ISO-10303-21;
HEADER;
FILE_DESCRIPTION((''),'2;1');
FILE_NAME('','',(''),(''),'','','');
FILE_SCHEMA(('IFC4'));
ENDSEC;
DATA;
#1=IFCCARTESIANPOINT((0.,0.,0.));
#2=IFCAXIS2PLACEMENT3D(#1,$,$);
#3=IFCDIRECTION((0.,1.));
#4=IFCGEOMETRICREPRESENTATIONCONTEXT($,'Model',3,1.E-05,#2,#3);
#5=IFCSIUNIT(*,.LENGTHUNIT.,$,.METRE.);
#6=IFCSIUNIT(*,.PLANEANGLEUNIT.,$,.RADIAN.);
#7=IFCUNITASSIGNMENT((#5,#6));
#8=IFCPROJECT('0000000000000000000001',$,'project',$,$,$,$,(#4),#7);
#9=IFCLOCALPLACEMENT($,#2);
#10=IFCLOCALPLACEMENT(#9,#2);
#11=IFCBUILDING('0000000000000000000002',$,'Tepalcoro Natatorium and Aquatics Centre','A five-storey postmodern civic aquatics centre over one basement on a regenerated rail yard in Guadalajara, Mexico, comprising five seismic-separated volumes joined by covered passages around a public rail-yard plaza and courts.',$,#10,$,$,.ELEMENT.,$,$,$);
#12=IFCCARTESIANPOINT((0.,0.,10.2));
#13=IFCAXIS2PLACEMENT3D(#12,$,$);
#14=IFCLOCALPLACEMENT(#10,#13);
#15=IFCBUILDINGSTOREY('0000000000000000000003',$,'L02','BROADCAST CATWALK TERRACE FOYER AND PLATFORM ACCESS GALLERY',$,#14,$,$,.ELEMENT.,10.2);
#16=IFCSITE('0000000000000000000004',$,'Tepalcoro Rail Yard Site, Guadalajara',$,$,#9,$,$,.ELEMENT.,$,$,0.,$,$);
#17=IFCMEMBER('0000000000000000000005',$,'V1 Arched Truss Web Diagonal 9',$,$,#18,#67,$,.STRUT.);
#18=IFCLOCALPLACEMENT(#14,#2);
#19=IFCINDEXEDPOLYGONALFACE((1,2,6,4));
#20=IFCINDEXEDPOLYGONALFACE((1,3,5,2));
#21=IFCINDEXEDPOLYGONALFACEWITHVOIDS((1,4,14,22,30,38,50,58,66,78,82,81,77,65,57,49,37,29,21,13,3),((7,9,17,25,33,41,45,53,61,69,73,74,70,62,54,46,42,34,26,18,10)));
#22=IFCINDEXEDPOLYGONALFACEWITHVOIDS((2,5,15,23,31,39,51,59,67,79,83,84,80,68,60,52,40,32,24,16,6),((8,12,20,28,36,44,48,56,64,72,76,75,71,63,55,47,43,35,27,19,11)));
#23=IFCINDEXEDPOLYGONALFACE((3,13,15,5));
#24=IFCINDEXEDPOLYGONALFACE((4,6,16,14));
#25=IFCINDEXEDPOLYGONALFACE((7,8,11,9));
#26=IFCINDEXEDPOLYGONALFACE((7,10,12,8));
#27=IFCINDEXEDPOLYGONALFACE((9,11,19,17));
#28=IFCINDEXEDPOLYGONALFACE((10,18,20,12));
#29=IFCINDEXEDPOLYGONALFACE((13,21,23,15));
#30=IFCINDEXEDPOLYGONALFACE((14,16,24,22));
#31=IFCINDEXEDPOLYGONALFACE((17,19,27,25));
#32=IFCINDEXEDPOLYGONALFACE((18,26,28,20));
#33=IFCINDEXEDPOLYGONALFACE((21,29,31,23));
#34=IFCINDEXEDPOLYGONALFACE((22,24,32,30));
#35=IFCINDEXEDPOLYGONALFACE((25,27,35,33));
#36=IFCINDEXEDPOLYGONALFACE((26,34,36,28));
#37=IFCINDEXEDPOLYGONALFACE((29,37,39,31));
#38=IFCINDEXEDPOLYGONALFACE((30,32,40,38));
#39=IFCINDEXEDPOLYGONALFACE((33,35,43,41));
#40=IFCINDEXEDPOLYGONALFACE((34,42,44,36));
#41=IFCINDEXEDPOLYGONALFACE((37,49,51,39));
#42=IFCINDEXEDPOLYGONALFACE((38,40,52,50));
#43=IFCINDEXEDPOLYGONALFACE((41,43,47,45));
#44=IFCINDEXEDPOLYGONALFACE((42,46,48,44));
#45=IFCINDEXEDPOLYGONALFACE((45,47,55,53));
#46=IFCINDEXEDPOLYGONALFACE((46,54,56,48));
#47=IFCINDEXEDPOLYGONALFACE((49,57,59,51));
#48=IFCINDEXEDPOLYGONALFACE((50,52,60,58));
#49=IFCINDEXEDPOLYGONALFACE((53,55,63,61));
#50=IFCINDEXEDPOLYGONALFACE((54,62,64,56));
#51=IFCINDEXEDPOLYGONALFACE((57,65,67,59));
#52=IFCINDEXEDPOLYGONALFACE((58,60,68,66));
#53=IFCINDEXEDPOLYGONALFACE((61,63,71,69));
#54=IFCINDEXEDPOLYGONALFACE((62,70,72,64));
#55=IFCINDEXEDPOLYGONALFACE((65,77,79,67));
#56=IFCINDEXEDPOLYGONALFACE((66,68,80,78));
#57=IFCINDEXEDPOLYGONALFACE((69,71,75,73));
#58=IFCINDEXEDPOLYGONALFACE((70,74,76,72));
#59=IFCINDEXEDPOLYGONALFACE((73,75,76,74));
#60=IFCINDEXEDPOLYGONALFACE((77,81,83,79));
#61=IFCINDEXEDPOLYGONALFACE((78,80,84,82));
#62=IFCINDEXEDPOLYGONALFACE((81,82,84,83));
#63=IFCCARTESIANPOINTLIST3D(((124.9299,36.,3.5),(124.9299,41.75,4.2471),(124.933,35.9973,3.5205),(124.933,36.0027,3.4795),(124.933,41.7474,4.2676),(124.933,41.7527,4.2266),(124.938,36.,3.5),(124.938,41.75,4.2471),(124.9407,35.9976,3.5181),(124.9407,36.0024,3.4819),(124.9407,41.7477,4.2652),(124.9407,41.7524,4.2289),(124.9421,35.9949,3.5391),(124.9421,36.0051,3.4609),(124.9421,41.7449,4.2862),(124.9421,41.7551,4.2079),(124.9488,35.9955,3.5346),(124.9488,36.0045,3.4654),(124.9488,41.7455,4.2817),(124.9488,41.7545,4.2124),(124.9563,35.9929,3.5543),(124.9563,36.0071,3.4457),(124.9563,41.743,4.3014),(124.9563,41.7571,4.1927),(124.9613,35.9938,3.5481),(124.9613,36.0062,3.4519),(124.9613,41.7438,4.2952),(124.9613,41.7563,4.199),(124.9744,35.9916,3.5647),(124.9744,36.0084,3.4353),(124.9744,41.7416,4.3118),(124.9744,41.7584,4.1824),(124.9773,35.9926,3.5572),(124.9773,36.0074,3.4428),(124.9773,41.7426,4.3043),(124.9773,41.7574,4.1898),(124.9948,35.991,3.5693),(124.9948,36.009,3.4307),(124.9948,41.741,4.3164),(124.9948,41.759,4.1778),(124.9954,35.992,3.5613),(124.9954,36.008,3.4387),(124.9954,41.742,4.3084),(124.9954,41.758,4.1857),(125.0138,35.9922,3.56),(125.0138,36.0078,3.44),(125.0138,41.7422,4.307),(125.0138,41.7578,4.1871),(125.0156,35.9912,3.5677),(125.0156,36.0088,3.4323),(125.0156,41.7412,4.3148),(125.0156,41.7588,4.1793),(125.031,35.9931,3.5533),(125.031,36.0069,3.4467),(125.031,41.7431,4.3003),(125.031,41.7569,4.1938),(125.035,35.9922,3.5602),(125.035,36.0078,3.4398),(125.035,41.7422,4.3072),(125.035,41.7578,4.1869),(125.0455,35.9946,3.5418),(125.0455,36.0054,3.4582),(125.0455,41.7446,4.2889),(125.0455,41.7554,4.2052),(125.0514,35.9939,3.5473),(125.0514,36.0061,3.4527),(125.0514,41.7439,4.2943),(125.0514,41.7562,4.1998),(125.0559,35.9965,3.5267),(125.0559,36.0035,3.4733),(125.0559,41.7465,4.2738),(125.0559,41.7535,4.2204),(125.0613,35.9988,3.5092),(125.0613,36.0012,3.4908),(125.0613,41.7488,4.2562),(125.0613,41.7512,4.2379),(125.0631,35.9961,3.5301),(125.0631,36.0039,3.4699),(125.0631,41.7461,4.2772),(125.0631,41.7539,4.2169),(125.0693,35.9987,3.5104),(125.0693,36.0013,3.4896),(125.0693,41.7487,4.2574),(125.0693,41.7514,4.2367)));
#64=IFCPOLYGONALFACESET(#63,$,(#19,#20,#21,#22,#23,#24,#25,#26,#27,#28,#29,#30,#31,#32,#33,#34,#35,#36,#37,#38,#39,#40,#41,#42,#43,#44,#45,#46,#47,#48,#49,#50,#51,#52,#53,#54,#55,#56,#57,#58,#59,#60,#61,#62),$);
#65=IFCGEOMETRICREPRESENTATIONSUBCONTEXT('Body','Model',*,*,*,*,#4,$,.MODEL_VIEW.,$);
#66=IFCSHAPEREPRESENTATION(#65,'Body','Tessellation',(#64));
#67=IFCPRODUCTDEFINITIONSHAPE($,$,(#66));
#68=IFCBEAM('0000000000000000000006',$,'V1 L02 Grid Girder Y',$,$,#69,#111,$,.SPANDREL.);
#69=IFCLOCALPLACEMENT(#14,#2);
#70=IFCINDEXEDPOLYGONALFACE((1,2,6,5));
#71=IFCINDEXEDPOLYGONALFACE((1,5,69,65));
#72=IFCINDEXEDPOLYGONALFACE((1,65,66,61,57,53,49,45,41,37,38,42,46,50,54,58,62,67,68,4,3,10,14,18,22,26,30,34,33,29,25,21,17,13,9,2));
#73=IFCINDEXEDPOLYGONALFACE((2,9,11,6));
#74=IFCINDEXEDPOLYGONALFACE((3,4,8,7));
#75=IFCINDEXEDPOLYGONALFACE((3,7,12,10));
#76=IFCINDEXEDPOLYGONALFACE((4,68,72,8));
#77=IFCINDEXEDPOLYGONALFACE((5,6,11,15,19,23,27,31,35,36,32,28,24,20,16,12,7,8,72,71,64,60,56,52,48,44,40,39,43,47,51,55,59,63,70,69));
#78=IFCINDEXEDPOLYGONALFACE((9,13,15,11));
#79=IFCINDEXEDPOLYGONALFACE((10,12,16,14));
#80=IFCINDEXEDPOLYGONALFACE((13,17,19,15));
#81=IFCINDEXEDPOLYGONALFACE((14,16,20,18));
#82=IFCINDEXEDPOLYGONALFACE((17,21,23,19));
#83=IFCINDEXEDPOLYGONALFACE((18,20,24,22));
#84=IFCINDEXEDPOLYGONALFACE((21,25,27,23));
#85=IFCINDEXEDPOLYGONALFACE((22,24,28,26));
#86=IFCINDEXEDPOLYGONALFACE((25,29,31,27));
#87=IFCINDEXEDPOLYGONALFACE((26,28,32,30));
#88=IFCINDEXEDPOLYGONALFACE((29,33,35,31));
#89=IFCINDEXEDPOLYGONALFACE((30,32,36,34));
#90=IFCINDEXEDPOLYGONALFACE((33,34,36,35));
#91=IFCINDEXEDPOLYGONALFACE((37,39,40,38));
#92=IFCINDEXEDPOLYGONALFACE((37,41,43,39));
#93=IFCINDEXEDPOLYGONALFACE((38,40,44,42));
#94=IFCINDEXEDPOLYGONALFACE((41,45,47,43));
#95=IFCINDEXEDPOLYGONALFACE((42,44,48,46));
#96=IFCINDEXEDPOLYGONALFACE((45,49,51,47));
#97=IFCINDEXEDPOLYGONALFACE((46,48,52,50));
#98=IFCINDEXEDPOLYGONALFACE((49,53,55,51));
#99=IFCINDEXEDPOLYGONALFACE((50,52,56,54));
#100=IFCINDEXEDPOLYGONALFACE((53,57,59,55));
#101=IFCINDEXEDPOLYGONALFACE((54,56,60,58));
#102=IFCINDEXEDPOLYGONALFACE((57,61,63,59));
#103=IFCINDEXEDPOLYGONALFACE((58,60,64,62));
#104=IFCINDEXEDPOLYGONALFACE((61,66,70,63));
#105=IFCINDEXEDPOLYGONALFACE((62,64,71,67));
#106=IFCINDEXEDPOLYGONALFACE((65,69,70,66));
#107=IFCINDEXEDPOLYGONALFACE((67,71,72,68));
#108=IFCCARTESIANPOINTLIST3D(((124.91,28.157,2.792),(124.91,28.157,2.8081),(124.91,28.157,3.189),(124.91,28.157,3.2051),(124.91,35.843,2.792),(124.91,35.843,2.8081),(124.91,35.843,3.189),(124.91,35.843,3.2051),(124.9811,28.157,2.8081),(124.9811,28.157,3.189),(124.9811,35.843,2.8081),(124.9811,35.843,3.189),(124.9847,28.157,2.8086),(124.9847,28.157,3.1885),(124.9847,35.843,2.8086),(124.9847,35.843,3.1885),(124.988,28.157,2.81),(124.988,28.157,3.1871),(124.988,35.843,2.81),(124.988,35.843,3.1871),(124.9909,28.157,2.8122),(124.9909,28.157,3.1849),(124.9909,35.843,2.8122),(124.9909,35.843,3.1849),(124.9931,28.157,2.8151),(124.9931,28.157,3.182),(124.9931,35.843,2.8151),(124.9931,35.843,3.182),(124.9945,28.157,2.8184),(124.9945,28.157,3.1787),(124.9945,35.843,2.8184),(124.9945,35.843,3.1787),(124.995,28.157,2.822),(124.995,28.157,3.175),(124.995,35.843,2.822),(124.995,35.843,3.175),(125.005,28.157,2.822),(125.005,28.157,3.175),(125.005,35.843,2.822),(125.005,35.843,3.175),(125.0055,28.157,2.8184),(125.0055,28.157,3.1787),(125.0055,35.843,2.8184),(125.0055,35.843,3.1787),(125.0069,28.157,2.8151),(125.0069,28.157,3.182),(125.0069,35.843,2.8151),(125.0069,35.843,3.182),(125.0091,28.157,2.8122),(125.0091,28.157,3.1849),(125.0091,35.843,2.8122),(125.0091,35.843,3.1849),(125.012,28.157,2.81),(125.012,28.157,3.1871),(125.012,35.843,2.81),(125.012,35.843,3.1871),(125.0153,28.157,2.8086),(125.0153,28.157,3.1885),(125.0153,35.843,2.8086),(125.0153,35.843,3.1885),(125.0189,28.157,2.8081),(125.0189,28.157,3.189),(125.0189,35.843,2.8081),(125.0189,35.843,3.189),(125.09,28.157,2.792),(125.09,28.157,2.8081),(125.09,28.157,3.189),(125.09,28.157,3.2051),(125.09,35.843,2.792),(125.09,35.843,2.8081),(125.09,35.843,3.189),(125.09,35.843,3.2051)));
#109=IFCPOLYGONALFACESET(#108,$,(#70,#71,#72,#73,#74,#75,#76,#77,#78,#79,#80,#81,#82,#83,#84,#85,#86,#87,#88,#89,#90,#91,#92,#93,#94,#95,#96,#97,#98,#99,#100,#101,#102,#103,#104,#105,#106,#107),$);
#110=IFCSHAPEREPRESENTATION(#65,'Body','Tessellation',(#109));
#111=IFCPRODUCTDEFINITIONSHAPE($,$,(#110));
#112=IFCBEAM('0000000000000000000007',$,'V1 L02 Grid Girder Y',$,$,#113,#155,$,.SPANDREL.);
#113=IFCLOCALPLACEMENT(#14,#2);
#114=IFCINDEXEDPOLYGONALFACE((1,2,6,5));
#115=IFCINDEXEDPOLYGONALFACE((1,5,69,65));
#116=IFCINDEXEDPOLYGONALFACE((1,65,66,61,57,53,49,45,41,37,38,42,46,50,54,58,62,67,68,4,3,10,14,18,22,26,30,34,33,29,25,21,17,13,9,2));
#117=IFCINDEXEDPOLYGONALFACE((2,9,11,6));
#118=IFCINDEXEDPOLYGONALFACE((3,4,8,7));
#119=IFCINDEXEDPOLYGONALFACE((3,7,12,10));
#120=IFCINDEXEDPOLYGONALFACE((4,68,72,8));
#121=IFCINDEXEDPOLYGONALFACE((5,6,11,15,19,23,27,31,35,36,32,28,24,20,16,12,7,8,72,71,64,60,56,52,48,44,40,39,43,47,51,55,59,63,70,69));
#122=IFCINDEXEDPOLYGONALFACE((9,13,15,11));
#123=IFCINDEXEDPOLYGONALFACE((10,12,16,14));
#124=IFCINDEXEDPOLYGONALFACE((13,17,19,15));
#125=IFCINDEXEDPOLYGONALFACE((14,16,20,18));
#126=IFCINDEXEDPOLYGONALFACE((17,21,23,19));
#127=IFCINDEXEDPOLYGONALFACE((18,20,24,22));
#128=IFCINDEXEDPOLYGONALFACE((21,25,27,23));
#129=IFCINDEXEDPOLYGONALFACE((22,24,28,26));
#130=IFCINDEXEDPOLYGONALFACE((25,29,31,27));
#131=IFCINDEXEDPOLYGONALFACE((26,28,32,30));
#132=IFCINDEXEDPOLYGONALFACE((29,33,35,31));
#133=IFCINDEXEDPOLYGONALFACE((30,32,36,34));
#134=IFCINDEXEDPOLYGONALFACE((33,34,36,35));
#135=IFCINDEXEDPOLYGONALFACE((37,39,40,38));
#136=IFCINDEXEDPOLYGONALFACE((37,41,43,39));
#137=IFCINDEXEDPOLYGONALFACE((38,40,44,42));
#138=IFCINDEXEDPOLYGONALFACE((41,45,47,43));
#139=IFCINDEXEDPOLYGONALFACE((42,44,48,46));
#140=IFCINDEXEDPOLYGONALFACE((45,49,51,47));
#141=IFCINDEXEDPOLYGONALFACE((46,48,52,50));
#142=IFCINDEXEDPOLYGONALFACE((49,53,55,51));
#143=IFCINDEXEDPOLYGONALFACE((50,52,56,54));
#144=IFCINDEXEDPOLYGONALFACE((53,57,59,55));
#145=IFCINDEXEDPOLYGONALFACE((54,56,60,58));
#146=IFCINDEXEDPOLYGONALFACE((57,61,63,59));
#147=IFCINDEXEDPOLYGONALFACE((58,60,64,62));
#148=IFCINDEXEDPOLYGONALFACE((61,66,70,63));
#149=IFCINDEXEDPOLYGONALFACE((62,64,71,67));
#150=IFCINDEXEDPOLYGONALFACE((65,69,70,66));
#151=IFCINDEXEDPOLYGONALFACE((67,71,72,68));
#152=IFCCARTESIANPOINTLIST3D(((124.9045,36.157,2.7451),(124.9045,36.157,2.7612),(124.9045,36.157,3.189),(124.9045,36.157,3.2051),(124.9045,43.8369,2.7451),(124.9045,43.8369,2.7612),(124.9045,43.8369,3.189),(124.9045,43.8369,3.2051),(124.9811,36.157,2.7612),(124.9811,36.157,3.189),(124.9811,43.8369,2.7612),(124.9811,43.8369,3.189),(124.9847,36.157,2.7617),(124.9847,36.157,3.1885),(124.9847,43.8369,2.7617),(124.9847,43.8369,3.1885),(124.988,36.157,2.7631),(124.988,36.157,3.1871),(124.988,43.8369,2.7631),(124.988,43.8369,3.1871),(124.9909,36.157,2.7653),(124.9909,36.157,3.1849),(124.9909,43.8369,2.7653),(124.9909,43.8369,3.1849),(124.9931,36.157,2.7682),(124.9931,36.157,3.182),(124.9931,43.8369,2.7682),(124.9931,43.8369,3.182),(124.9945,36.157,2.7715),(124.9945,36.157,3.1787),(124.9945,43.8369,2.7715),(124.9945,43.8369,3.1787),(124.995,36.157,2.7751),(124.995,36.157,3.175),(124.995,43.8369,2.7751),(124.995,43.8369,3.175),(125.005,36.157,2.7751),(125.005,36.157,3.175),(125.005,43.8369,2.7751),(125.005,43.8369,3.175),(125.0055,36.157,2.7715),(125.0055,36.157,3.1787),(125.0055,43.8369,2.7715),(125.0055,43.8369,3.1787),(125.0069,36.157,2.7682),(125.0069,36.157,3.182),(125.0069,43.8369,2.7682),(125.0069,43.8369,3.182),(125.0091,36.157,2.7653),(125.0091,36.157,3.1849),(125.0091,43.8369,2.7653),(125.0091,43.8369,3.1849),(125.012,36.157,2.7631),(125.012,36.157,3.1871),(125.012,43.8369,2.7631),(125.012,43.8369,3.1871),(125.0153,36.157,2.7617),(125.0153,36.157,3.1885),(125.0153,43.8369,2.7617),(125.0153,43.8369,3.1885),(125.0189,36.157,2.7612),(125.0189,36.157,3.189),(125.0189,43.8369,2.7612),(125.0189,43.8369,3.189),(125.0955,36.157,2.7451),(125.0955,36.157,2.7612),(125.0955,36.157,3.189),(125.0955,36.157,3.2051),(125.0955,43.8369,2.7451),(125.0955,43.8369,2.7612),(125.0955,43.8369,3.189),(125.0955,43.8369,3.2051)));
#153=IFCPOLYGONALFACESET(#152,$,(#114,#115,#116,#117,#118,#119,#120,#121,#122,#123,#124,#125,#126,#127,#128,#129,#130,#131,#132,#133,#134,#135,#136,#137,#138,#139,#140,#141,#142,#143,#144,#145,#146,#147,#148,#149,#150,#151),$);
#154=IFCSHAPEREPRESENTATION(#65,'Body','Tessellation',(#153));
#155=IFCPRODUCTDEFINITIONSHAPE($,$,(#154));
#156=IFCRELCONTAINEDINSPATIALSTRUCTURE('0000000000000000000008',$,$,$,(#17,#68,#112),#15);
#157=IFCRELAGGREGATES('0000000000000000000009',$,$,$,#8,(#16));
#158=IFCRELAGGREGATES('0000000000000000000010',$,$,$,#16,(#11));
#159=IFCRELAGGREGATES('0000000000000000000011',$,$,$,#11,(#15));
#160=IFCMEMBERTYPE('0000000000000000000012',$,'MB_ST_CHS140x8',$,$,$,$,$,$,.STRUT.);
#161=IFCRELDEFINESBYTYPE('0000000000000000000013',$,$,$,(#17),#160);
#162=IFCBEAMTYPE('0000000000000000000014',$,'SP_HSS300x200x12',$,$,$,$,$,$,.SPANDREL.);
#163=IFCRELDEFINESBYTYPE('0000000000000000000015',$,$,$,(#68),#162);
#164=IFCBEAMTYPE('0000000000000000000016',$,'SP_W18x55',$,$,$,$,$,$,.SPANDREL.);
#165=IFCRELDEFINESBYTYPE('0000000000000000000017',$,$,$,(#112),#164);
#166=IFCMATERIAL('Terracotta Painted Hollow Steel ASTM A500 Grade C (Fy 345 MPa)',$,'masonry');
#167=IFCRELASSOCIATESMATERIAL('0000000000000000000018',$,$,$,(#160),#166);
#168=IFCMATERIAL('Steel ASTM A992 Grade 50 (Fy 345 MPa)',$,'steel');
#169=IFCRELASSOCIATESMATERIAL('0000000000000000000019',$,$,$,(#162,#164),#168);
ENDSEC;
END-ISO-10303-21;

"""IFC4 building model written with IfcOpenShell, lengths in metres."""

from ifc_helpers import new_model, si_unit, direction, frame, origin, origin_2d, place, context, subcontext, project, spatial, hollow_circle, i_section, extrude, material, material_profile, profile_set, type_object, element, save


model = new_model("IFC4")

# Units and contexts
model_context = context("Model", 3, precision=1e-05, world=origin(), true_north=direction((0.0, 1.0)))
body_context = subcontext(model_context, "Body", "Model", "MODEL_VIEW")
ifc_project = project(units=[si_unit("LENGTHUNIT", "METRE"), si_unit("PLANEANGLEUNIT", "RADIAN")], contexts=[model_context])

# Site, building, storey
site_placement = place(None, origin())
site = spatial("IfcSite", under=ifc_project, at=site_placement, Name="Tepalcoro Rail Yard Site, Guadalajara", CompositionType="ELEMENT", RefElevation=0.0)
building_placement = place(site_placement, origin())
building = spatial("IfcBuilding", under=site, at=building_placement, Name="Tepalcoro Natatorium and Aquatics Centre", Description="A five-storey postmodern civic aquatics centre over one basement on a regenerated rail yard in Guadalajara, Mexico, comprising five seismic-separated volumes joined by covered passages around a public rail-yard plaza and courts.", CompositionType="ELEMENT")
storey_placement = place(building_placement, frame((0.0, 0.0, 10.2)))
storey = spatial("IfcBuildingStorey", under=building, at=storey_placement, Name="L02", Description="BROADCAST CATWALK TERRACE FOYER AND PLATFORM ACCESS GALLERY", CompositionType="ELEMENT", Elevation=10.2)

# Shared definitions
ifc_material_1 = material(Name="Steel ASTM A992 Grade 50 (Fy 345 MPa)", Category="steel")

# Shared definitions
ifc_material_2 = material(Name="Terracotta Painted Hollow Steel ASTM A500 Grade C (Fy 345 MPa)", Category="masonry")

# Member
ifc_material_profile_1 = material_profile(ifc_material_2, hollow_circle(Radius=0.0701, WallThickness=0.0081, at=origin_2d()), Name="CHS140X8")
ifc_profile_set_1 = profile_set([ifc_material_profile_1], Name="Terracotta Painted Hollow Steel ASTM A500 Grade C (Fy 345 MPa)")
member_type_1 = type_object("IfcMemberType", Name="MB_ST_CHS140x8", PredefinedType="STRUT", material=ifc_profile_set_1)
for number, where, z_axis, x_axis, name in (
    (1, (125.0, 36.0, 3.5), (0.0, 0.991665, 0.128842), (-1.0, 0.0, 0.0), "V1 Arched Truss Web Diagonal 9"),
):
    element("IfcMember", number, at=place(storey_placement, frame(where, z_axis=z_axis, x_axis=x_axis)), inside=storey, type_object=member_type_1, Name=name, PredefinedType="STRUT", context=body_context, shape_type="SweptSolid", body=[
        extrude(hollow_circle(Radius=0.0701, WallThickness=0.0081, at=origin_2d()), origin(), (0.0, 0.0, 1.0), 5.7983),
    ])

# Beams
ifc_material_profile_2 = material_profile(ifc_material_1, i_section(OverallWidth=0.1799, OverallDepth=0.4131, WebThickness=0.01, FlangeThickness=0.0161, FilletRadius=0.0139, at=origin_2d()), Name="W16X50")
ifc_profile_set_2 = profile_set([ifc_material_profile_2], Name="Steel ASTM A992 Grade 50 (Fy 345 MPa)")
beam_type_1 = type_object("IfcBeamType", Name="SP_HSS300x200x12", PredefinedType="SPANDREL", material=ifc_profile_set_2)
beam_1_placement = place(storey_placement, frame((125.0, 28.157, 2.9985), z_axis=(0.0, 1.0, 0.0), x_axis=(-1.0, 0.0, 0.0)))
element("IfcBeam", 2, at=beam_1_placement, inside=storey, type_object=beam_type_1, Name="V1 L02 Grid Girder Y", PredefinedType="SPANDREL", context=body_context, shape_type="SweptSolid", body=[
    extrude(i_section(OverallWidth=0.1799, OverallDepth=0.4131, WebThickness=0.01, FlangeThickness=0.0161, FilletRadius=0.0139, at=origin_2d()), origin(), (0.0, 0.0, 1.0), 7.686),
])
ifc_material_profile_3 = material_profile(ifc_material_1, i_section(OverallWidth=0.1909, OverallDepth=0.46, WebThickness=0.01, FlangeThickness=0.0161, FilletRadius=0.0139, at=origin_2d()), Name="W18X55")
ifc_profile_set_3 = profile_set([ifc_material_profile_3], Name="Steel ASTM A992 Grade 50 (Fy 345 MPa)")
beam_type_2 = type_object("IfcBeamType", Name="SP_W18x55", PredefinedType="SPANDREL", material=ifc_profile_set_3)
beam_2_placement = place(storey_placement, frame((125.0, 36.157, 2.9751), z_axis=(0.0, 1.0, 0.0), x_axis=(-1.0, 0.0, 0.0)))
element("IfcBeam", 3, at=beam_2_placement, inside=storey, type_object=beam_type_2, Name="V1 L02 Grid Girder Y", PredefinedType="SPANDREL", context=body_context, shape_type="SweptSolid", body=[
    extrude(i_section(OverallWidth=0.1909, OverallDepth=0.46, WebThickness=0.01, FlangeThickness=0.0161, FilletRadius=0.0139, at=origin_2d()), origin(), (0.0, 0.0, 1.0), 7.6799),
])

save(model, "model.ifc")
